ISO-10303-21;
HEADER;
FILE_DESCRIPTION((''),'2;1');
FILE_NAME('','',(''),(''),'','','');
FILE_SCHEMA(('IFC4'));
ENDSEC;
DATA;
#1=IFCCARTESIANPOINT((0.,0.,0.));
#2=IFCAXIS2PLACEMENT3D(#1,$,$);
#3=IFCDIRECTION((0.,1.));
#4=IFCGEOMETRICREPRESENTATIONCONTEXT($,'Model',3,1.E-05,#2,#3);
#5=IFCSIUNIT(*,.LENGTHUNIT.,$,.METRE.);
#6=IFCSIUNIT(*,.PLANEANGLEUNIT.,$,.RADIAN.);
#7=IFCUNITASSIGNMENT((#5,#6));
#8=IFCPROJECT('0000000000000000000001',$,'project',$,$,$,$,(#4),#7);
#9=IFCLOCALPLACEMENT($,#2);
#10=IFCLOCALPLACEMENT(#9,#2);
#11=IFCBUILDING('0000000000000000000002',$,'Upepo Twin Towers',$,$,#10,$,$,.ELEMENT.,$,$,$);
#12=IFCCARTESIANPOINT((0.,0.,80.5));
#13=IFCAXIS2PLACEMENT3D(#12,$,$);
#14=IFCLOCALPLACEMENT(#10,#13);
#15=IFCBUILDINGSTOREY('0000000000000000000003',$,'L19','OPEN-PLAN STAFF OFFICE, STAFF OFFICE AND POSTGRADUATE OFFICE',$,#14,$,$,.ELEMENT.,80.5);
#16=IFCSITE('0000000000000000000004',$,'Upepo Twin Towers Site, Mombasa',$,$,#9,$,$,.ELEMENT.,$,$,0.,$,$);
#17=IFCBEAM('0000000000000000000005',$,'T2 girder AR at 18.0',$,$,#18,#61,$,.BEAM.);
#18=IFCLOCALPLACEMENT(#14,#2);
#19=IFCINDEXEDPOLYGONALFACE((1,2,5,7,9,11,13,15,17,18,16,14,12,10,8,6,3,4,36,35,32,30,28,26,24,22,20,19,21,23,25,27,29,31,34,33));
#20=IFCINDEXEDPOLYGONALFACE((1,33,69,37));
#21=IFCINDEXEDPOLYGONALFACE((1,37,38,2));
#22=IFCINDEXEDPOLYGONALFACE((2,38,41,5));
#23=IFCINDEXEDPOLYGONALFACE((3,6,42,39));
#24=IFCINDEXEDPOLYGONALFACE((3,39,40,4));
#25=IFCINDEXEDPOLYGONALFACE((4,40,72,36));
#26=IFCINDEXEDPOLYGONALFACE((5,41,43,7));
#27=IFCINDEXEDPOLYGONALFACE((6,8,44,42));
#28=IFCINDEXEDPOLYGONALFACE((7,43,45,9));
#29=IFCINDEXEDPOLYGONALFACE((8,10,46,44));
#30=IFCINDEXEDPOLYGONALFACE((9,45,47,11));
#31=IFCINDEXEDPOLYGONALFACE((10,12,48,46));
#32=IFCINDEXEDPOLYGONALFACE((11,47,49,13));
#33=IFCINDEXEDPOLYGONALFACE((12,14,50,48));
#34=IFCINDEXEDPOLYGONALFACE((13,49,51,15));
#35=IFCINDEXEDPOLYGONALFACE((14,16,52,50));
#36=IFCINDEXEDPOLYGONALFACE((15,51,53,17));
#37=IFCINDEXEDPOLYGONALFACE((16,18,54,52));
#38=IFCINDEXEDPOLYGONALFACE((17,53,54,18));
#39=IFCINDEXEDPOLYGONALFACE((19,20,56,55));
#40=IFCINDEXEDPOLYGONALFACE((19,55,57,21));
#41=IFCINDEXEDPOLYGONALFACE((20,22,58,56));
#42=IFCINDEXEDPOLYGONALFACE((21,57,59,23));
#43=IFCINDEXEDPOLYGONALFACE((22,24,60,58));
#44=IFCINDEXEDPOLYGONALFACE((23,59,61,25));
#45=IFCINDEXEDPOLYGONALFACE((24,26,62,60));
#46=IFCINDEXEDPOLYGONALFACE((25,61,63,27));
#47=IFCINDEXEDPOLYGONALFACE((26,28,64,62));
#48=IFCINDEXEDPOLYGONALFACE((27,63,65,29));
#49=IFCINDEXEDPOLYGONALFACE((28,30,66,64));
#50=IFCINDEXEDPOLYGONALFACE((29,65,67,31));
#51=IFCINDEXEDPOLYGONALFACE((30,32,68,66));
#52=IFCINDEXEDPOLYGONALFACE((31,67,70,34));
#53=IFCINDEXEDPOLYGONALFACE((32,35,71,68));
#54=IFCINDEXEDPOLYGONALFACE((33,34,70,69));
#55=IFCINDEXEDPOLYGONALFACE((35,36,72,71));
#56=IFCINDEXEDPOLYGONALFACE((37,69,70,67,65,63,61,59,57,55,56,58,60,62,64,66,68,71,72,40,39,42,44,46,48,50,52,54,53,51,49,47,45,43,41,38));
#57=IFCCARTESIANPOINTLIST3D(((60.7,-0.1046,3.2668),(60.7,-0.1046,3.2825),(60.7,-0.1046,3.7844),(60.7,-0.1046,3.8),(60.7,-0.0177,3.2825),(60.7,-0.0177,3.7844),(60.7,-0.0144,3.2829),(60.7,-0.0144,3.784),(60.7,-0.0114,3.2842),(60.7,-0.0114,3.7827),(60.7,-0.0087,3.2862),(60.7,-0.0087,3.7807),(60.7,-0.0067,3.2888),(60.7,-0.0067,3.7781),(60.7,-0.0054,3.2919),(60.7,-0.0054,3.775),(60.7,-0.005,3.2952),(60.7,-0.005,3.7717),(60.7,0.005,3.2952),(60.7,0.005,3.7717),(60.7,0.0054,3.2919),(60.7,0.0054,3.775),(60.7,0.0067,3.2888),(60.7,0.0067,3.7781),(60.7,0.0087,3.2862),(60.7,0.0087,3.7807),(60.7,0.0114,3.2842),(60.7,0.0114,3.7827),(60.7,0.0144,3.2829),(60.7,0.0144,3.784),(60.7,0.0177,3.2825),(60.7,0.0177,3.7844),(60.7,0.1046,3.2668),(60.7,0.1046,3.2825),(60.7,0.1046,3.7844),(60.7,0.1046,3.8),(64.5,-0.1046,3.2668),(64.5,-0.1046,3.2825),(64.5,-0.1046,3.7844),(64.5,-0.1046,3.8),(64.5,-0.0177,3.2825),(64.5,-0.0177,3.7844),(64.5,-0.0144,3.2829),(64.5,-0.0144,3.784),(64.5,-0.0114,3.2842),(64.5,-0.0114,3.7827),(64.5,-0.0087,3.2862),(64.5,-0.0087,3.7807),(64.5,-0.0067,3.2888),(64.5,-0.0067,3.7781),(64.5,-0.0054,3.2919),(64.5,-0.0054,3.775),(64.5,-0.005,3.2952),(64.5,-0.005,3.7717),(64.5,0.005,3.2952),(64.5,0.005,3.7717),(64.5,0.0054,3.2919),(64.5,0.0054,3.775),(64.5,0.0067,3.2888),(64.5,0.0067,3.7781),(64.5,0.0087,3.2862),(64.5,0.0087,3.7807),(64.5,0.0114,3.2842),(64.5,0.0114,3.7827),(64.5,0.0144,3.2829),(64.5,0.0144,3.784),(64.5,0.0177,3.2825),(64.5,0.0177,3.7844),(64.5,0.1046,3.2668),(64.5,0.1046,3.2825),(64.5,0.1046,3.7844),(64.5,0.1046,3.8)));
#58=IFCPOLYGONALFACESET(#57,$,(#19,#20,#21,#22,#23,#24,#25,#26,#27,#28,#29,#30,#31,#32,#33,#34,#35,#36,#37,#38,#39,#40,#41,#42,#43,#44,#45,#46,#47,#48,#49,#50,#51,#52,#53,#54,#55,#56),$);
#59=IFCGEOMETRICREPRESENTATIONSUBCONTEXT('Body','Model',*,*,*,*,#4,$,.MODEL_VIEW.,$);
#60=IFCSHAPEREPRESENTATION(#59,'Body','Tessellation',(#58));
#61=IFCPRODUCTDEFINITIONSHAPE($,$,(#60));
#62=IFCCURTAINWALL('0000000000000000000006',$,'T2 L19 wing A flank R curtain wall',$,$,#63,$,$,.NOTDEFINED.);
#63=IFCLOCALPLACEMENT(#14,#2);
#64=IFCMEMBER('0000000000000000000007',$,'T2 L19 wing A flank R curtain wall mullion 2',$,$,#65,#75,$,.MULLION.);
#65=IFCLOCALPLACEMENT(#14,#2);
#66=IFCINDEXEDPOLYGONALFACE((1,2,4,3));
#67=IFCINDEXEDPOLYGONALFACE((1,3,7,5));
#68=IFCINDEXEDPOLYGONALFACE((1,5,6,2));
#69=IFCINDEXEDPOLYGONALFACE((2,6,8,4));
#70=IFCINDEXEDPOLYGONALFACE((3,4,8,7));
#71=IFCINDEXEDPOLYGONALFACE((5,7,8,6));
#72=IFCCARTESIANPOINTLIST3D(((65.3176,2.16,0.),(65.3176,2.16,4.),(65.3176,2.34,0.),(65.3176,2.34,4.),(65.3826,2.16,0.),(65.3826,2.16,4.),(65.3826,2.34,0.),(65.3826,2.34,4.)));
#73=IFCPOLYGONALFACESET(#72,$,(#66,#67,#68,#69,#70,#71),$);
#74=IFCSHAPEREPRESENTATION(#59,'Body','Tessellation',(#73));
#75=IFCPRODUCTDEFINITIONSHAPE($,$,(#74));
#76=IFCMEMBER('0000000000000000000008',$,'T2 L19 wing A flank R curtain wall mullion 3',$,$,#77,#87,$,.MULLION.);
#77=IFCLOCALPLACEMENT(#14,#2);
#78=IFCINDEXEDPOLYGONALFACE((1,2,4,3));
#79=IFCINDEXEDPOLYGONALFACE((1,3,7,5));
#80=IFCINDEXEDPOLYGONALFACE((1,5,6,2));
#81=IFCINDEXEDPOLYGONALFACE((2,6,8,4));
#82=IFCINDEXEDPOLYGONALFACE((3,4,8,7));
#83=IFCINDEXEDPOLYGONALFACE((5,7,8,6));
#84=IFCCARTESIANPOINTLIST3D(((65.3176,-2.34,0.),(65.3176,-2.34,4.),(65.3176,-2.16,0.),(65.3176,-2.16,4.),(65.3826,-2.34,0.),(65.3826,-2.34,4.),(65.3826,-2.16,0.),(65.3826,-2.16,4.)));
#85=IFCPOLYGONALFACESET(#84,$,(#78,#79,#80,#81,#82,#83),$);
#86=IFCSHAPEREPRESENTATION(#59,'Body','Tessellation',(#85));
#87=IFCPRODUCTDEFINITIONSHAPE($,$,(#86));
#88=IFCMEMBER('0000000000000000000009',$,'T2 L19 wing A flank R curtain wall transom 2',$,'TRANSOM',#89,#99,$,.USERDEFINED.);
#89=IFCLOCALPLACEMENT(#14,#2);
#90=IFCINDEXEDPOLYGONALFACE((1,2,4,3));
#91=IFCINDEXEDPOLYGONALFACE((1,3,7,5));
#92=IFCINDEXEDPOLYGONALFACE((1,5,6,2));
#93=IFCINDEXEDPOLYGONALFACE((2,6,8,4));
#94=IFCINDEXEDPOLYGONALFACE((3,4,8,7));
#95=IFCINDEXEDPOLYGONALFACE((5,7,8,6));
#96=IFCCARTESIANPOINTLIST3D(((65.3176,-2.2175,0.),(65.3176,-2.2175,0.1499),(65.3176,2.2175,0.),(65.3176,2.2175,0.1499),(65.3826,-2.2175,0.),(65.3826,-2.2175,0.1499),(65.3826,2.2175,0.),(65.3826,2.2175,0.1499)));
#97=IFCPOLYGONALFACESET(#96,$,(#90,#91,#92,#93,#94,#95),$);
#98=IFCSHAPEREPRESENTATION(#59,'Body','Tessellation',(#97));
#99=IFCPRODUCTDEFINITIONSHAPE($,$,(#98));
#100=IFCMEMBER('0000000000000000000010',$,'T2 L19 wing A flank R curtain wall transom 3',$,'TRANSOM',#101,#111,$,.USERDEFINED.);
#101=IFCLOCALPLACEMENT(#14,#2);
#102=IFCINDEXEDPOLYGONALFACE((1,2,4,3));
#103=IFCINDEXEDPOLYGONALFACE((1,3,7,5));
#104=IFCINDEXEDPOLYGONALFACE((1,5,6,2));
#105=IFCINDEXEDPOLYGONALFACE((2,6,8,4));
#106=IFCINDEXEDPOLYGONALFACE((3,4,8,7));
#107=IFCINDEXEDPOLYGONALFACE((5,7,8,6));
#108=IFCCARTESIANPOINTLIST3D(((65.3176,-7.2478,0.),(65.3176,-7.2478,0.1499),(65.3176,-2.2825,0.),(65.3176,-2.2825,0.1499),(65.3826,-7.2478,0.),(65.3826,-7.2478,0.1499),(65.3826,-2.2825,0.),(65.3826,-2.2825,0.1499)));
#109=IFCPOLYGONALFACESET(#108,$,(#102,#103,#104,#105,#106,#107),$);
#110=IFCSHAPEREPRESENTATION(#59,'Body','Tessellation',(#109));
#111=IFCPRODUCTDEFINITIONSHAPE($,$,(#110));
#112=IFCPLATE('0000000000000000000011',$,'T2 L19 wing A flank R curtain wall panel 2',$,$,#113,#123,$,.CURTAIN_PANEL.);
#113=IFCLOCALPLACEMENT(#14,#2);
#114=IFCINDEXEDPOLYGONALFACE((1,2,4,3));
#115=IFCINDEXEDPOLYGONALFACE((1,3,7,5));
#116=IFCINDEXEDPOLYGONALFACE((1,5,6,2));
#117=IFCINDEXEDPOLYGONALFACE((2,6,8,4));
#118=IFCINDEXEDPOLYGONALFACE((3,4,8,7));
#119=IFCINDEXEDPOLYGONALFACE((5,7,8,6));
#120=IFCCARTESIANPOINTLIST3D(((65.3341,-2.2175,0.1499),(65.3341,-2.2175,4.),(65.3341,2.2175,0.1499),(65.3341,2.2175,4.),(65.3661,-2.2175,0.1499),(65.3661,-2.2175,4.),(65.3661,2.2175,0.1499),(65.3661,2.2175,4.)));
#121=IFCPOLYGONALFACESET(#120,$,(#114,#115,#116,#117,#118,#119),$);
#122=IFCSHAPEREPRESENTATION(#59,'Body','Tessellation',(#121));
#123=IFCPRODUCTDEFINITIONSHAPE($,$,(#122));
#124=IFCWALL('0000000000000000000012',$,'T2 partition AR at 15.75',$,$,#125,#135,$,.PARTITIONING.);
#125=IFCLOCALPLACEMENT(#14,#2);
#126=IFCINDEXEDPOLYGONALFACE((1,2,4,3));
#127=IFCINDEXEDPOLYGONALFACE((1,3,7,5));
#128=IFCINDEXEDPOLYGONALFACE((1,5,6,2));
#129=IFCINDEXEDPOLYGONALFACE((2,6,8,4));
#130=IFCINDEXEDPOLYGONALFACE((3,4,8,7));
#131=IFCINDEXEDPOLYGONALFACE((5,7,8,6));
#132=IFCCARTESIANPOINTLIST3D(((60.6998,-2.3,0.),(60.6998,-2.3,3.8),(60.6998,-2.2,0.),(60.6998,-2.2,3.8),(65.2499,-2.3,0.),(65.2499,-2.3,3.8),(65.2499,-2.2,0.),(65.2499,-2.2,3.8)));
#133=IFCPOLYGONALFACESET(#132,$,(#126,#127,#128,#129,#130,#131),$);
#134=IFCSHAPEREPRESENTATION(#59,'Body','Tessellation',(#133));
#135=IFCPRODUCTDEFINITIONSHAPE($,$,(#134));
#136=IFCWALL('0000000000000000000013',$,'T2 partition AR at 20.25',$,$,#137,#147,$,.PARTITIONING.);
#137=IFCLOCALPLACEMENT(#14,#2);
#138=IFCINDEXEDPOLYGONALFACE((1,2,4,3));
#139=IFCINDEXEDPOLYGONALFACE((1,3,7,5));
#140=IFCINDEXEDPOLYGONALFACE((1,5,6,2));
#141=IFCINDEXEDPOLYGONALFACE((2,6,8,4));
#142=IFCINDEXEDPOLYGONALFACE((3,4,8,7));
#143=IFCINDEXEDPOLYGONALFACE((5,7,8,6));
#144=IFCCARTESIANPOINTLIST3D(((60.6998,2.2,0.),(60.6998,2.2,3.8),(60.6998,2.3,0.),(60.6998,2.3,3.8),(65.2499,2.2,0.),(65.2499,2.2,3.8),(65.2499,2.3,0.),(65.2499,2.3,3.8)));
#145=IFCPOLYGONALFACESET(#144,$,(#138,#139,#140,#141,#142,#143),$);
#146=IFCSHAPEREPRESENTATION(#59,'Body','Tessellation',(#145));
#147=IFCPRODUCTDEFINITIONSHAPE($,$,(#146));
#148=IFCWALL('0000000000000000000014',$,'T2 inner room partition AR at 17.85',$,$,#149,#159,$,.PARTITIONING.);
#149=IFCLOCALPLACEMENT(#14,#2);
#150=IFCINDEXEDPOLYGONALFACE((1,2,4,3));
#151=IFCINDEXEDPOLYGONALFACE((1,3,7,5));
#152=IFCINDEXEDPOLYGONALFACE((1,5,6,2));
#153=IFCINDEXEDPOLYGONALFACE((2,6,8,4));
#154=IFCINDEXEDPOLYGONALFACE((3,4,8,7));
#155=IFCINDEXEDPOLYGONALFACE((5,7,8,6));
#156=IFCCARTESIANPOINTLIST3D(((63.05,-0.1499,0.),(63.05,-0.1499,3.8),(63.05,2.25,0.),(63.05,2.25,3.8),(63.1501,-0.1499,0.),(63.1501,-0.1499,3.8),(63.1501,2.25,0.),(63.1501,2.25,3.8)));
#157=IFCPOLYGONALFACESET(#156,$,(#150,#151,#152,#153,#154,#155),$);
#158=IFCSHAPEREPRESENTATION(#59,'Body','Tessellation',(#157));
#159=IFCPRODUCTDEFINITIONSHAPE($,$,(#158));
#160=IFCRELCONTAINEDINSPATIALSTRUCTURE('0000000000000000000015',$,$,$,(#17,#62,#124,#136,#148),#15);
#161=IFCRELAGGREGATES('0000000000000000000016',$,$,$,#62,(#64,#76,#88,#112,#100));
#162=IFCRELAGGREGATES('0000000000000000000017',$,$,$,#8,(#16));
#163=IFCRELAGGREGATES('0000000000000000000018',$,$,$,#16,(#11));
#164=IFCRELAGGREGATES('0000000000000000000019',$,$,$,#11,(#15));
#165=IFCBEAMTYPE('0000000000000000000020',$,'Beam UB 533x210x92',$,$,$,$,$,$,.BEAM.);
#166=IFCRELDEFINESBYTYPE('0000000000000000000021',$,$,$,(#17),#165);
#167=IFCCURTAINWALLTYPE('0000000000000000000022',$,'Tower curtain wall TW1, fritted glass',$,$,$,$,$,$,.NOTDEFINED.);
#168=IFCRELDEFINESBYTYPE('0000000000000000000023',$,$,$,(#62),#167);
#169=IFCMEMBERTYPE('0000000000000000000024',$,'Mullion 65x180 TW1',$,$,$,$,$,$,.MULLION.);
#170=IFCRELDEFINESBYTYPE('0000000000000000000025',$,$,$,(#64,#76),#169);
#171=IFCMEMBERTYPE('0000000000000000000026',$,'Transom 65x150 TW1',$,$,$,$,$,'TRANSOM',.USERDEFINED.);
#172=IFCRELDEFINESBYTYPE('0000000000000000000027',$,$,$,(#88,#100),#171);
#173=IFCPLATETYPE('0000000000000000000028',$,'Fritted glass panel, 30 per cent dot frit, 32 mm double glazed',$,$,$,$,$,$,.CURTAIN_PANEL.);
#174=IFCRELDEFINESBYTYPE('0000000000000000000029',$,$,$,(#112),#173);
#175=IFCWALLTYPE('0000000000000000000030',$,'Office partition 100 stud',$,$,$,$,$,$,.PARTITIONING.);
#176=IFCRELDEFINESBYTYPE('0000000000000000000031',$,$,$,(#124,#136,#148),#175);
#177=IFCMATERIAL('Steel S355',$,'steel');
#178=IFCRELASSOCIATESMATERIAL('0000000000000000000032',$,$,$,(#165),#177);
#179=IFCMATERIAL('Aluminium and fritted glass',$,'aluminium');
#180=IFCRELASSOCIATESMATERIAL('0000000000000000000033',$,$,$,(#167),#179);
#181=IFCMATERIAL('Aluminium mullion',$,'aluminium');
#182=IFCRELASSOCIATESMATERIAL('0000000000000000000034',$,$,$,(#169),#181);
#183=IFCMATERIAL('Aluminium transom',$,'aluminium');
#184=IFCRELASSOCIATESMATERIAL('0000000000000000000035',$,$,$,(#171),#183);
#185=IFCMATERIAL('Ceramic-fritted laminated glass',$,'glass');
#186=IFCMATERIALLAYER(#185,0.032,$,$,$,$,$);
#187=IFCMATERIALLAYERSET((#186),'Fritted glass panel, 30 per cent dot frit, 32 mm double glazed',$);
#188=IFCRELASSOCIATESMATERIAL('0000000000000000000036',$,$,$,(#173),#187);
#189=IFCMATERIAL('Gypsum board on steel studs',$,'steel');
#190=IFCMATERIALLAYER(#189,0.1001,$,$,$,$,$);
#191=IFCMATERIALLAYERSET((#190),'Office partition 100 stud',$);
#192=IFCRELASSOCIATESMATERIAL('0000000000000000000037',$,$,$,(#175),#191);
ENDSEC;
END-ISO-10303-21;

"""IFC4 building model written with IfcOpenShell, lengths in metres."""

from ifc_helpers import new_model, si_unit, direction, frame, frame_2d, origin, origin_2d, place, context, subcontext, project, spatial, rectangle, i_section, extrude, material, layer, layer_set, material_profile, profile_set, type_object, element, aggregate, save


model = new_model("IFC4")

# Units and contexts
model_context = context("Model", 3, precision=1e-05, world=origin(), true_north=direction((0.0, 1.0)))
body_context = subcontext(model_context, "Body", "Model", "MODEL_VIEW")
ifc_project = project(units=[si_unit("LENGTHUNIT", "METRE"), si_unit("PLANEANGLEUNIT", "RADIAN")], contexts=[model_context])

# Site, building, storey
site_placement = place(None, origin())
site = spatial("IfcSite", under=ifc_project, at=site_placement, Name="Upepo Twin Towers Site, Mombasa", CompositionType="ELEMENT", RefElevation=0.0)
building_placement = place(site_placement, origin())
building = spatial("IfcBuilding", under=site, at=building_placement, Name="Upepo Twin Towers", CompositionType="ELEMENT")
storey_placement = place(building_placement, frame((0.0, 0.0, 80.5)))
storey = spatial("IfcBuildingStorey", under=building, at=storey_placement, Name="L19", Description="OPEN-PLAN STAFF OFFICE, STAFF OFFICE AND POSTGRADUATE OFFICE", CompositionType="ELEMENT", Elevation=80.5)

# Beam
ifc_material_1 = material(Name="Steel S355", Category="steel")
ifc_material_profile_1 = material_profile(ifc_material_1, i_section(OverallWidth=0.2092, OverallDepth=0.5332, WebThickness=0.01, FlangeThickness=0.0156, FilletRadius=0.0127, at=origin_2d()), Name="UB 533x210x92")
ifc_profile_set_1 = profile_set([ifc_material_profile_1], Name="Steel S355")
beam_type_1 = type_object("IfcBeamType", Name="Beam UB 533x210x92", PredefinedType="BEAM", material=ifc_profile_set_1)
for number, where, z_axis, x_axis, name in (
    (1, (64.5, 0.0, 3.5334), (-1.0, 0.0, 0.0), (0.0, -1.0, 0.0), "T2 girder AR at 18.0"),
):
    element("IfcBeam", number, at=place(storey_placement, frame(where, z_axis=z_axis, x_axis=x_axis)), inside=storey, type_object=beam_type_1, Name=name, PredefinedType="BEAM", context=body_context, shape_type="SweptSolid", body=[
        extrude(i_section(OverallWidth=0.2092, OverallDepth=0.5332, WebThickness=0.01, FlangeThickness=0.0156, FilletRadius=0.0127, at=origin_2d()), origin(), (0.0, 0.0, 1.0), 3.8),
    ])

# Curtain wall, members, plate
ifc_material_2 = material(Name="Aluminium and fritted glass", Category="aluminium")
curtain_wall_type = type_object("IfcCurtainWallType", Name="Tower curtain wall TW1, fritted glass", PredefinedType="NOTDEFINED", material=ifc_material_2)
curtain_wall_placement = place(storey_placement, origin())
curtain_wall = element("IfcCurtainWall", 2, at=curtain_wall_placement, inside=storey, type_object=curtain_wall_type, Name="T2 L19 wing A flank R curtain wall", PredefinedType="NOTDEFINED")
ifc_material_3 = material(Name="Aluminium mullion", Category="aluminium")
ifc_material_profile_2 = material_profile(ifc_material_3, rectangle(XDim=0.0649, YDim=0.1799, at=origin_2d()), Name="MULLION 65x180")
ifc_profile_set_2 = profile_set([ifc_material_profile_2], Name="Aluminium mullion")
member_type_1 = type_object("IfcMemberType", Name="Mullion 65x180 TW1", PredefinedType="MULLION", material=ifc_profile_set_2)
member_1_placement = place(storey_placement, frame((65.3501, 2.25, 0.0), z_axis=(0.0, 0.0, 1.0), x_axis=(1.0, 0.0, 0.0)))
member_1 = element("IfcMember", 3, at=member_1_placement, type_object=member_type_1, Name="T2 L19 wing A flank R curtain wall mullion 2", PredefinedType="MULLION", context=body_context, shape_type="SweptSolid", body=[
    extrude(rectangle(XDim=0.0649, YDim=0.1799, at=origin_2d()), origin(), (0.0, 0.0, 1.0), 4.0),
])
member_2_placement = place(storey_placement, frame((65.3501, -2.25, 0.0), z_axis=(0.0, 0.0, 1.0), x_axis=(1.0, 0.0, 0.0)))
member_2 = element("IfcMember", 4, at=member_2_placement, type_object=member_type_1, Name="T2 L19 wing A flank R curtain wall mullion 3", PredefinedType="MULLION", context=body_context, shape_type="SweptSolid", body=[
    extrude(rectangle(XDim=0.0649, YDim=0.1799, at=origin_2d()), origin(), (0.0, 0.0, 1.0), 4.0),
])
ifc_material_4 = material(Name="Aluminium transom", Category="aluminium")
ifc_material_profile_3 = material_profile(ifc_material_4, rectangle(XDim=0.0649, YDim=0.1499, at=origin_2d()), Name="TRANSOM 65x150")
ifc_profile_set_3 = profile_set([ifc_material_profile_3], Name="Aluminium transom")
member_type_2 = type_object("IfcMemberType", Name="Transom 65x150 TW1", ElementType="TRANSOM", PredefinedType="USERDEFINED", material=ifc_profile_set_3)
member_3_placement = place(storey_placement, frame((65.3501, 2.2175, 0.075), z_axis=(0.0, -1.0, 0.0), x_axis=(1.0, 0.0, 0.0)))
member_3 = element("IfcMember", 5, at=member_3_placement, type_object=member_type_2, Name="T2 L19 wing A flank R curtain wall transom 2", ObjectType="TRANSOM", PredefinedType="USERDEFINED", context=body_context, shape_type="SweptSolid", body=[
    extrude(rectangle(XDim=0.0649, YDim=0.1499, at=origin_2d()), origin(), (0.0, 0.0, 1.0), 4.4351),
])
member_4_placement = place(storey_placement, frame((65.3501, -2.2825, 0.075), z_axis=(0.0, -1.0, 0.0), x_axis=(1.0, 0.0, 0.0)))
member_4 = element("IfcMember", 6, at=member_4_placement, type_object=member_type_2, Name="T2 L19 wing A flank R curtain wall transom 3", ObjectType="TRANSOM", PredefinedType="USERDEFINED", context=body_context, shape_type="SweptSolid", body=[
    extrude(rectangle(XDim=0.0649, YDim=0.1499, at=origin_2d()), origin(), (0.0, 0.0, 1.0), 4.9653),
])
ifc_material_5 = material(Name="Ceramic-fritted laminated glass", Category="glass")
ifc_layer_1 = layer(ifc_material_5, 0.032)
ifc_layer_set_1 = layer_set([ifc_layer_1], Name="Fritted glass panel, 30 per cent dot frit, 32 mm double glazed")
plate_type = type_object("IfcPlateType", Name="Fritted glass panel, 30 per cent dot frit, 32 mm double glazed", PredefinedType="CURTAIN_PANEL", material=ifc_layer_set_1)
plate_placement = place(storey_placement, frame((65.3501, 0.0, 0.1499), z_axis=(0.0, 0.0, 1.0), x_axis=(0.0, -1.0, 0.0)))
plate = element("IfcPlate", 7, at=plate_placement, type_object=plate_type, Name="T2 L19 wing A flank R curtain wall panel 2", PredefinedType="CURTAIN_PANEL", context=body_context, shape_type="SweptSolid", body=[
    extrude(rectangle(XDim=4.4351, YDim=0.032, at=origin_2d()), origin(), (0.0, 0.0, 1.0), 3.8501),
])
aggregate(curtain_wall, [member_1, member_2, member_3, plate, member_4])

# Walls
ifc_material_6 = material(Name="Gypsum board on steel studs", Category="steel")
ifc_layer_2 = layer(ifc_material_6, 0.1001)
ifc_layer_set_2 = layer_set([ifc_layer_2], Name="Office partition 100 stud")
wall_type = type_object("IfcWallType", Name="Office partition 100 stud", PredefinedType="PARTITIONING", material=ifc_layer_set_2)
for number, where, z_axis, x_axis, name in (
    (8, (60.7, -2.25, 0.0), (0.0, 0.0, 1.0), (1.0, 0.0, 0.0), "T2 partition AR at 15.75"),
    (9, (60.7, 2.25, 0.0), (0.0, 0.0, 1.0), (1.0, 0.0, 0.0), "T2 partition AR at 20.25"),
):
    element("IfcWall", number, at=place(storey_placement, frame(where, z_axis=z_axis, x_axis=x_axis)), inside=storey, type_object=wall_type, Name=name, PredefinedType="PARTITIONING", context=body_context, shape_type="SweptSolid", body=[
        extrude(rectangle(XDim=4.55, YDim=0.1001, at=frame_2d((2.2749, 0.0))), origin(), (0.0, 0.0, 1.0), 3.8),
    ])
wall_1_placement = place(storey_placement, frame((63.1001, -0.1499, 0.0), z_axis=(0.0, 0.0, 1.0), x_axis=(0.0, 1.0, 0.0)))
element("IfcWall", 10, at=wall_1_placement, inside=storey, type_object=wall_type, Name="T2 inner room partition AR at 17.85", PredefinedType="PARTITIONING", context=body_context, shape_type="SweptSolid", body=[
    extrude(rectangle(XDim=2.3999, YDim=0.1001, at=frame_2d((1.2, 0.0))), origin(), (0.0, 0.0, 1.0), 3.8),
])

save(model, "model.ifc")
